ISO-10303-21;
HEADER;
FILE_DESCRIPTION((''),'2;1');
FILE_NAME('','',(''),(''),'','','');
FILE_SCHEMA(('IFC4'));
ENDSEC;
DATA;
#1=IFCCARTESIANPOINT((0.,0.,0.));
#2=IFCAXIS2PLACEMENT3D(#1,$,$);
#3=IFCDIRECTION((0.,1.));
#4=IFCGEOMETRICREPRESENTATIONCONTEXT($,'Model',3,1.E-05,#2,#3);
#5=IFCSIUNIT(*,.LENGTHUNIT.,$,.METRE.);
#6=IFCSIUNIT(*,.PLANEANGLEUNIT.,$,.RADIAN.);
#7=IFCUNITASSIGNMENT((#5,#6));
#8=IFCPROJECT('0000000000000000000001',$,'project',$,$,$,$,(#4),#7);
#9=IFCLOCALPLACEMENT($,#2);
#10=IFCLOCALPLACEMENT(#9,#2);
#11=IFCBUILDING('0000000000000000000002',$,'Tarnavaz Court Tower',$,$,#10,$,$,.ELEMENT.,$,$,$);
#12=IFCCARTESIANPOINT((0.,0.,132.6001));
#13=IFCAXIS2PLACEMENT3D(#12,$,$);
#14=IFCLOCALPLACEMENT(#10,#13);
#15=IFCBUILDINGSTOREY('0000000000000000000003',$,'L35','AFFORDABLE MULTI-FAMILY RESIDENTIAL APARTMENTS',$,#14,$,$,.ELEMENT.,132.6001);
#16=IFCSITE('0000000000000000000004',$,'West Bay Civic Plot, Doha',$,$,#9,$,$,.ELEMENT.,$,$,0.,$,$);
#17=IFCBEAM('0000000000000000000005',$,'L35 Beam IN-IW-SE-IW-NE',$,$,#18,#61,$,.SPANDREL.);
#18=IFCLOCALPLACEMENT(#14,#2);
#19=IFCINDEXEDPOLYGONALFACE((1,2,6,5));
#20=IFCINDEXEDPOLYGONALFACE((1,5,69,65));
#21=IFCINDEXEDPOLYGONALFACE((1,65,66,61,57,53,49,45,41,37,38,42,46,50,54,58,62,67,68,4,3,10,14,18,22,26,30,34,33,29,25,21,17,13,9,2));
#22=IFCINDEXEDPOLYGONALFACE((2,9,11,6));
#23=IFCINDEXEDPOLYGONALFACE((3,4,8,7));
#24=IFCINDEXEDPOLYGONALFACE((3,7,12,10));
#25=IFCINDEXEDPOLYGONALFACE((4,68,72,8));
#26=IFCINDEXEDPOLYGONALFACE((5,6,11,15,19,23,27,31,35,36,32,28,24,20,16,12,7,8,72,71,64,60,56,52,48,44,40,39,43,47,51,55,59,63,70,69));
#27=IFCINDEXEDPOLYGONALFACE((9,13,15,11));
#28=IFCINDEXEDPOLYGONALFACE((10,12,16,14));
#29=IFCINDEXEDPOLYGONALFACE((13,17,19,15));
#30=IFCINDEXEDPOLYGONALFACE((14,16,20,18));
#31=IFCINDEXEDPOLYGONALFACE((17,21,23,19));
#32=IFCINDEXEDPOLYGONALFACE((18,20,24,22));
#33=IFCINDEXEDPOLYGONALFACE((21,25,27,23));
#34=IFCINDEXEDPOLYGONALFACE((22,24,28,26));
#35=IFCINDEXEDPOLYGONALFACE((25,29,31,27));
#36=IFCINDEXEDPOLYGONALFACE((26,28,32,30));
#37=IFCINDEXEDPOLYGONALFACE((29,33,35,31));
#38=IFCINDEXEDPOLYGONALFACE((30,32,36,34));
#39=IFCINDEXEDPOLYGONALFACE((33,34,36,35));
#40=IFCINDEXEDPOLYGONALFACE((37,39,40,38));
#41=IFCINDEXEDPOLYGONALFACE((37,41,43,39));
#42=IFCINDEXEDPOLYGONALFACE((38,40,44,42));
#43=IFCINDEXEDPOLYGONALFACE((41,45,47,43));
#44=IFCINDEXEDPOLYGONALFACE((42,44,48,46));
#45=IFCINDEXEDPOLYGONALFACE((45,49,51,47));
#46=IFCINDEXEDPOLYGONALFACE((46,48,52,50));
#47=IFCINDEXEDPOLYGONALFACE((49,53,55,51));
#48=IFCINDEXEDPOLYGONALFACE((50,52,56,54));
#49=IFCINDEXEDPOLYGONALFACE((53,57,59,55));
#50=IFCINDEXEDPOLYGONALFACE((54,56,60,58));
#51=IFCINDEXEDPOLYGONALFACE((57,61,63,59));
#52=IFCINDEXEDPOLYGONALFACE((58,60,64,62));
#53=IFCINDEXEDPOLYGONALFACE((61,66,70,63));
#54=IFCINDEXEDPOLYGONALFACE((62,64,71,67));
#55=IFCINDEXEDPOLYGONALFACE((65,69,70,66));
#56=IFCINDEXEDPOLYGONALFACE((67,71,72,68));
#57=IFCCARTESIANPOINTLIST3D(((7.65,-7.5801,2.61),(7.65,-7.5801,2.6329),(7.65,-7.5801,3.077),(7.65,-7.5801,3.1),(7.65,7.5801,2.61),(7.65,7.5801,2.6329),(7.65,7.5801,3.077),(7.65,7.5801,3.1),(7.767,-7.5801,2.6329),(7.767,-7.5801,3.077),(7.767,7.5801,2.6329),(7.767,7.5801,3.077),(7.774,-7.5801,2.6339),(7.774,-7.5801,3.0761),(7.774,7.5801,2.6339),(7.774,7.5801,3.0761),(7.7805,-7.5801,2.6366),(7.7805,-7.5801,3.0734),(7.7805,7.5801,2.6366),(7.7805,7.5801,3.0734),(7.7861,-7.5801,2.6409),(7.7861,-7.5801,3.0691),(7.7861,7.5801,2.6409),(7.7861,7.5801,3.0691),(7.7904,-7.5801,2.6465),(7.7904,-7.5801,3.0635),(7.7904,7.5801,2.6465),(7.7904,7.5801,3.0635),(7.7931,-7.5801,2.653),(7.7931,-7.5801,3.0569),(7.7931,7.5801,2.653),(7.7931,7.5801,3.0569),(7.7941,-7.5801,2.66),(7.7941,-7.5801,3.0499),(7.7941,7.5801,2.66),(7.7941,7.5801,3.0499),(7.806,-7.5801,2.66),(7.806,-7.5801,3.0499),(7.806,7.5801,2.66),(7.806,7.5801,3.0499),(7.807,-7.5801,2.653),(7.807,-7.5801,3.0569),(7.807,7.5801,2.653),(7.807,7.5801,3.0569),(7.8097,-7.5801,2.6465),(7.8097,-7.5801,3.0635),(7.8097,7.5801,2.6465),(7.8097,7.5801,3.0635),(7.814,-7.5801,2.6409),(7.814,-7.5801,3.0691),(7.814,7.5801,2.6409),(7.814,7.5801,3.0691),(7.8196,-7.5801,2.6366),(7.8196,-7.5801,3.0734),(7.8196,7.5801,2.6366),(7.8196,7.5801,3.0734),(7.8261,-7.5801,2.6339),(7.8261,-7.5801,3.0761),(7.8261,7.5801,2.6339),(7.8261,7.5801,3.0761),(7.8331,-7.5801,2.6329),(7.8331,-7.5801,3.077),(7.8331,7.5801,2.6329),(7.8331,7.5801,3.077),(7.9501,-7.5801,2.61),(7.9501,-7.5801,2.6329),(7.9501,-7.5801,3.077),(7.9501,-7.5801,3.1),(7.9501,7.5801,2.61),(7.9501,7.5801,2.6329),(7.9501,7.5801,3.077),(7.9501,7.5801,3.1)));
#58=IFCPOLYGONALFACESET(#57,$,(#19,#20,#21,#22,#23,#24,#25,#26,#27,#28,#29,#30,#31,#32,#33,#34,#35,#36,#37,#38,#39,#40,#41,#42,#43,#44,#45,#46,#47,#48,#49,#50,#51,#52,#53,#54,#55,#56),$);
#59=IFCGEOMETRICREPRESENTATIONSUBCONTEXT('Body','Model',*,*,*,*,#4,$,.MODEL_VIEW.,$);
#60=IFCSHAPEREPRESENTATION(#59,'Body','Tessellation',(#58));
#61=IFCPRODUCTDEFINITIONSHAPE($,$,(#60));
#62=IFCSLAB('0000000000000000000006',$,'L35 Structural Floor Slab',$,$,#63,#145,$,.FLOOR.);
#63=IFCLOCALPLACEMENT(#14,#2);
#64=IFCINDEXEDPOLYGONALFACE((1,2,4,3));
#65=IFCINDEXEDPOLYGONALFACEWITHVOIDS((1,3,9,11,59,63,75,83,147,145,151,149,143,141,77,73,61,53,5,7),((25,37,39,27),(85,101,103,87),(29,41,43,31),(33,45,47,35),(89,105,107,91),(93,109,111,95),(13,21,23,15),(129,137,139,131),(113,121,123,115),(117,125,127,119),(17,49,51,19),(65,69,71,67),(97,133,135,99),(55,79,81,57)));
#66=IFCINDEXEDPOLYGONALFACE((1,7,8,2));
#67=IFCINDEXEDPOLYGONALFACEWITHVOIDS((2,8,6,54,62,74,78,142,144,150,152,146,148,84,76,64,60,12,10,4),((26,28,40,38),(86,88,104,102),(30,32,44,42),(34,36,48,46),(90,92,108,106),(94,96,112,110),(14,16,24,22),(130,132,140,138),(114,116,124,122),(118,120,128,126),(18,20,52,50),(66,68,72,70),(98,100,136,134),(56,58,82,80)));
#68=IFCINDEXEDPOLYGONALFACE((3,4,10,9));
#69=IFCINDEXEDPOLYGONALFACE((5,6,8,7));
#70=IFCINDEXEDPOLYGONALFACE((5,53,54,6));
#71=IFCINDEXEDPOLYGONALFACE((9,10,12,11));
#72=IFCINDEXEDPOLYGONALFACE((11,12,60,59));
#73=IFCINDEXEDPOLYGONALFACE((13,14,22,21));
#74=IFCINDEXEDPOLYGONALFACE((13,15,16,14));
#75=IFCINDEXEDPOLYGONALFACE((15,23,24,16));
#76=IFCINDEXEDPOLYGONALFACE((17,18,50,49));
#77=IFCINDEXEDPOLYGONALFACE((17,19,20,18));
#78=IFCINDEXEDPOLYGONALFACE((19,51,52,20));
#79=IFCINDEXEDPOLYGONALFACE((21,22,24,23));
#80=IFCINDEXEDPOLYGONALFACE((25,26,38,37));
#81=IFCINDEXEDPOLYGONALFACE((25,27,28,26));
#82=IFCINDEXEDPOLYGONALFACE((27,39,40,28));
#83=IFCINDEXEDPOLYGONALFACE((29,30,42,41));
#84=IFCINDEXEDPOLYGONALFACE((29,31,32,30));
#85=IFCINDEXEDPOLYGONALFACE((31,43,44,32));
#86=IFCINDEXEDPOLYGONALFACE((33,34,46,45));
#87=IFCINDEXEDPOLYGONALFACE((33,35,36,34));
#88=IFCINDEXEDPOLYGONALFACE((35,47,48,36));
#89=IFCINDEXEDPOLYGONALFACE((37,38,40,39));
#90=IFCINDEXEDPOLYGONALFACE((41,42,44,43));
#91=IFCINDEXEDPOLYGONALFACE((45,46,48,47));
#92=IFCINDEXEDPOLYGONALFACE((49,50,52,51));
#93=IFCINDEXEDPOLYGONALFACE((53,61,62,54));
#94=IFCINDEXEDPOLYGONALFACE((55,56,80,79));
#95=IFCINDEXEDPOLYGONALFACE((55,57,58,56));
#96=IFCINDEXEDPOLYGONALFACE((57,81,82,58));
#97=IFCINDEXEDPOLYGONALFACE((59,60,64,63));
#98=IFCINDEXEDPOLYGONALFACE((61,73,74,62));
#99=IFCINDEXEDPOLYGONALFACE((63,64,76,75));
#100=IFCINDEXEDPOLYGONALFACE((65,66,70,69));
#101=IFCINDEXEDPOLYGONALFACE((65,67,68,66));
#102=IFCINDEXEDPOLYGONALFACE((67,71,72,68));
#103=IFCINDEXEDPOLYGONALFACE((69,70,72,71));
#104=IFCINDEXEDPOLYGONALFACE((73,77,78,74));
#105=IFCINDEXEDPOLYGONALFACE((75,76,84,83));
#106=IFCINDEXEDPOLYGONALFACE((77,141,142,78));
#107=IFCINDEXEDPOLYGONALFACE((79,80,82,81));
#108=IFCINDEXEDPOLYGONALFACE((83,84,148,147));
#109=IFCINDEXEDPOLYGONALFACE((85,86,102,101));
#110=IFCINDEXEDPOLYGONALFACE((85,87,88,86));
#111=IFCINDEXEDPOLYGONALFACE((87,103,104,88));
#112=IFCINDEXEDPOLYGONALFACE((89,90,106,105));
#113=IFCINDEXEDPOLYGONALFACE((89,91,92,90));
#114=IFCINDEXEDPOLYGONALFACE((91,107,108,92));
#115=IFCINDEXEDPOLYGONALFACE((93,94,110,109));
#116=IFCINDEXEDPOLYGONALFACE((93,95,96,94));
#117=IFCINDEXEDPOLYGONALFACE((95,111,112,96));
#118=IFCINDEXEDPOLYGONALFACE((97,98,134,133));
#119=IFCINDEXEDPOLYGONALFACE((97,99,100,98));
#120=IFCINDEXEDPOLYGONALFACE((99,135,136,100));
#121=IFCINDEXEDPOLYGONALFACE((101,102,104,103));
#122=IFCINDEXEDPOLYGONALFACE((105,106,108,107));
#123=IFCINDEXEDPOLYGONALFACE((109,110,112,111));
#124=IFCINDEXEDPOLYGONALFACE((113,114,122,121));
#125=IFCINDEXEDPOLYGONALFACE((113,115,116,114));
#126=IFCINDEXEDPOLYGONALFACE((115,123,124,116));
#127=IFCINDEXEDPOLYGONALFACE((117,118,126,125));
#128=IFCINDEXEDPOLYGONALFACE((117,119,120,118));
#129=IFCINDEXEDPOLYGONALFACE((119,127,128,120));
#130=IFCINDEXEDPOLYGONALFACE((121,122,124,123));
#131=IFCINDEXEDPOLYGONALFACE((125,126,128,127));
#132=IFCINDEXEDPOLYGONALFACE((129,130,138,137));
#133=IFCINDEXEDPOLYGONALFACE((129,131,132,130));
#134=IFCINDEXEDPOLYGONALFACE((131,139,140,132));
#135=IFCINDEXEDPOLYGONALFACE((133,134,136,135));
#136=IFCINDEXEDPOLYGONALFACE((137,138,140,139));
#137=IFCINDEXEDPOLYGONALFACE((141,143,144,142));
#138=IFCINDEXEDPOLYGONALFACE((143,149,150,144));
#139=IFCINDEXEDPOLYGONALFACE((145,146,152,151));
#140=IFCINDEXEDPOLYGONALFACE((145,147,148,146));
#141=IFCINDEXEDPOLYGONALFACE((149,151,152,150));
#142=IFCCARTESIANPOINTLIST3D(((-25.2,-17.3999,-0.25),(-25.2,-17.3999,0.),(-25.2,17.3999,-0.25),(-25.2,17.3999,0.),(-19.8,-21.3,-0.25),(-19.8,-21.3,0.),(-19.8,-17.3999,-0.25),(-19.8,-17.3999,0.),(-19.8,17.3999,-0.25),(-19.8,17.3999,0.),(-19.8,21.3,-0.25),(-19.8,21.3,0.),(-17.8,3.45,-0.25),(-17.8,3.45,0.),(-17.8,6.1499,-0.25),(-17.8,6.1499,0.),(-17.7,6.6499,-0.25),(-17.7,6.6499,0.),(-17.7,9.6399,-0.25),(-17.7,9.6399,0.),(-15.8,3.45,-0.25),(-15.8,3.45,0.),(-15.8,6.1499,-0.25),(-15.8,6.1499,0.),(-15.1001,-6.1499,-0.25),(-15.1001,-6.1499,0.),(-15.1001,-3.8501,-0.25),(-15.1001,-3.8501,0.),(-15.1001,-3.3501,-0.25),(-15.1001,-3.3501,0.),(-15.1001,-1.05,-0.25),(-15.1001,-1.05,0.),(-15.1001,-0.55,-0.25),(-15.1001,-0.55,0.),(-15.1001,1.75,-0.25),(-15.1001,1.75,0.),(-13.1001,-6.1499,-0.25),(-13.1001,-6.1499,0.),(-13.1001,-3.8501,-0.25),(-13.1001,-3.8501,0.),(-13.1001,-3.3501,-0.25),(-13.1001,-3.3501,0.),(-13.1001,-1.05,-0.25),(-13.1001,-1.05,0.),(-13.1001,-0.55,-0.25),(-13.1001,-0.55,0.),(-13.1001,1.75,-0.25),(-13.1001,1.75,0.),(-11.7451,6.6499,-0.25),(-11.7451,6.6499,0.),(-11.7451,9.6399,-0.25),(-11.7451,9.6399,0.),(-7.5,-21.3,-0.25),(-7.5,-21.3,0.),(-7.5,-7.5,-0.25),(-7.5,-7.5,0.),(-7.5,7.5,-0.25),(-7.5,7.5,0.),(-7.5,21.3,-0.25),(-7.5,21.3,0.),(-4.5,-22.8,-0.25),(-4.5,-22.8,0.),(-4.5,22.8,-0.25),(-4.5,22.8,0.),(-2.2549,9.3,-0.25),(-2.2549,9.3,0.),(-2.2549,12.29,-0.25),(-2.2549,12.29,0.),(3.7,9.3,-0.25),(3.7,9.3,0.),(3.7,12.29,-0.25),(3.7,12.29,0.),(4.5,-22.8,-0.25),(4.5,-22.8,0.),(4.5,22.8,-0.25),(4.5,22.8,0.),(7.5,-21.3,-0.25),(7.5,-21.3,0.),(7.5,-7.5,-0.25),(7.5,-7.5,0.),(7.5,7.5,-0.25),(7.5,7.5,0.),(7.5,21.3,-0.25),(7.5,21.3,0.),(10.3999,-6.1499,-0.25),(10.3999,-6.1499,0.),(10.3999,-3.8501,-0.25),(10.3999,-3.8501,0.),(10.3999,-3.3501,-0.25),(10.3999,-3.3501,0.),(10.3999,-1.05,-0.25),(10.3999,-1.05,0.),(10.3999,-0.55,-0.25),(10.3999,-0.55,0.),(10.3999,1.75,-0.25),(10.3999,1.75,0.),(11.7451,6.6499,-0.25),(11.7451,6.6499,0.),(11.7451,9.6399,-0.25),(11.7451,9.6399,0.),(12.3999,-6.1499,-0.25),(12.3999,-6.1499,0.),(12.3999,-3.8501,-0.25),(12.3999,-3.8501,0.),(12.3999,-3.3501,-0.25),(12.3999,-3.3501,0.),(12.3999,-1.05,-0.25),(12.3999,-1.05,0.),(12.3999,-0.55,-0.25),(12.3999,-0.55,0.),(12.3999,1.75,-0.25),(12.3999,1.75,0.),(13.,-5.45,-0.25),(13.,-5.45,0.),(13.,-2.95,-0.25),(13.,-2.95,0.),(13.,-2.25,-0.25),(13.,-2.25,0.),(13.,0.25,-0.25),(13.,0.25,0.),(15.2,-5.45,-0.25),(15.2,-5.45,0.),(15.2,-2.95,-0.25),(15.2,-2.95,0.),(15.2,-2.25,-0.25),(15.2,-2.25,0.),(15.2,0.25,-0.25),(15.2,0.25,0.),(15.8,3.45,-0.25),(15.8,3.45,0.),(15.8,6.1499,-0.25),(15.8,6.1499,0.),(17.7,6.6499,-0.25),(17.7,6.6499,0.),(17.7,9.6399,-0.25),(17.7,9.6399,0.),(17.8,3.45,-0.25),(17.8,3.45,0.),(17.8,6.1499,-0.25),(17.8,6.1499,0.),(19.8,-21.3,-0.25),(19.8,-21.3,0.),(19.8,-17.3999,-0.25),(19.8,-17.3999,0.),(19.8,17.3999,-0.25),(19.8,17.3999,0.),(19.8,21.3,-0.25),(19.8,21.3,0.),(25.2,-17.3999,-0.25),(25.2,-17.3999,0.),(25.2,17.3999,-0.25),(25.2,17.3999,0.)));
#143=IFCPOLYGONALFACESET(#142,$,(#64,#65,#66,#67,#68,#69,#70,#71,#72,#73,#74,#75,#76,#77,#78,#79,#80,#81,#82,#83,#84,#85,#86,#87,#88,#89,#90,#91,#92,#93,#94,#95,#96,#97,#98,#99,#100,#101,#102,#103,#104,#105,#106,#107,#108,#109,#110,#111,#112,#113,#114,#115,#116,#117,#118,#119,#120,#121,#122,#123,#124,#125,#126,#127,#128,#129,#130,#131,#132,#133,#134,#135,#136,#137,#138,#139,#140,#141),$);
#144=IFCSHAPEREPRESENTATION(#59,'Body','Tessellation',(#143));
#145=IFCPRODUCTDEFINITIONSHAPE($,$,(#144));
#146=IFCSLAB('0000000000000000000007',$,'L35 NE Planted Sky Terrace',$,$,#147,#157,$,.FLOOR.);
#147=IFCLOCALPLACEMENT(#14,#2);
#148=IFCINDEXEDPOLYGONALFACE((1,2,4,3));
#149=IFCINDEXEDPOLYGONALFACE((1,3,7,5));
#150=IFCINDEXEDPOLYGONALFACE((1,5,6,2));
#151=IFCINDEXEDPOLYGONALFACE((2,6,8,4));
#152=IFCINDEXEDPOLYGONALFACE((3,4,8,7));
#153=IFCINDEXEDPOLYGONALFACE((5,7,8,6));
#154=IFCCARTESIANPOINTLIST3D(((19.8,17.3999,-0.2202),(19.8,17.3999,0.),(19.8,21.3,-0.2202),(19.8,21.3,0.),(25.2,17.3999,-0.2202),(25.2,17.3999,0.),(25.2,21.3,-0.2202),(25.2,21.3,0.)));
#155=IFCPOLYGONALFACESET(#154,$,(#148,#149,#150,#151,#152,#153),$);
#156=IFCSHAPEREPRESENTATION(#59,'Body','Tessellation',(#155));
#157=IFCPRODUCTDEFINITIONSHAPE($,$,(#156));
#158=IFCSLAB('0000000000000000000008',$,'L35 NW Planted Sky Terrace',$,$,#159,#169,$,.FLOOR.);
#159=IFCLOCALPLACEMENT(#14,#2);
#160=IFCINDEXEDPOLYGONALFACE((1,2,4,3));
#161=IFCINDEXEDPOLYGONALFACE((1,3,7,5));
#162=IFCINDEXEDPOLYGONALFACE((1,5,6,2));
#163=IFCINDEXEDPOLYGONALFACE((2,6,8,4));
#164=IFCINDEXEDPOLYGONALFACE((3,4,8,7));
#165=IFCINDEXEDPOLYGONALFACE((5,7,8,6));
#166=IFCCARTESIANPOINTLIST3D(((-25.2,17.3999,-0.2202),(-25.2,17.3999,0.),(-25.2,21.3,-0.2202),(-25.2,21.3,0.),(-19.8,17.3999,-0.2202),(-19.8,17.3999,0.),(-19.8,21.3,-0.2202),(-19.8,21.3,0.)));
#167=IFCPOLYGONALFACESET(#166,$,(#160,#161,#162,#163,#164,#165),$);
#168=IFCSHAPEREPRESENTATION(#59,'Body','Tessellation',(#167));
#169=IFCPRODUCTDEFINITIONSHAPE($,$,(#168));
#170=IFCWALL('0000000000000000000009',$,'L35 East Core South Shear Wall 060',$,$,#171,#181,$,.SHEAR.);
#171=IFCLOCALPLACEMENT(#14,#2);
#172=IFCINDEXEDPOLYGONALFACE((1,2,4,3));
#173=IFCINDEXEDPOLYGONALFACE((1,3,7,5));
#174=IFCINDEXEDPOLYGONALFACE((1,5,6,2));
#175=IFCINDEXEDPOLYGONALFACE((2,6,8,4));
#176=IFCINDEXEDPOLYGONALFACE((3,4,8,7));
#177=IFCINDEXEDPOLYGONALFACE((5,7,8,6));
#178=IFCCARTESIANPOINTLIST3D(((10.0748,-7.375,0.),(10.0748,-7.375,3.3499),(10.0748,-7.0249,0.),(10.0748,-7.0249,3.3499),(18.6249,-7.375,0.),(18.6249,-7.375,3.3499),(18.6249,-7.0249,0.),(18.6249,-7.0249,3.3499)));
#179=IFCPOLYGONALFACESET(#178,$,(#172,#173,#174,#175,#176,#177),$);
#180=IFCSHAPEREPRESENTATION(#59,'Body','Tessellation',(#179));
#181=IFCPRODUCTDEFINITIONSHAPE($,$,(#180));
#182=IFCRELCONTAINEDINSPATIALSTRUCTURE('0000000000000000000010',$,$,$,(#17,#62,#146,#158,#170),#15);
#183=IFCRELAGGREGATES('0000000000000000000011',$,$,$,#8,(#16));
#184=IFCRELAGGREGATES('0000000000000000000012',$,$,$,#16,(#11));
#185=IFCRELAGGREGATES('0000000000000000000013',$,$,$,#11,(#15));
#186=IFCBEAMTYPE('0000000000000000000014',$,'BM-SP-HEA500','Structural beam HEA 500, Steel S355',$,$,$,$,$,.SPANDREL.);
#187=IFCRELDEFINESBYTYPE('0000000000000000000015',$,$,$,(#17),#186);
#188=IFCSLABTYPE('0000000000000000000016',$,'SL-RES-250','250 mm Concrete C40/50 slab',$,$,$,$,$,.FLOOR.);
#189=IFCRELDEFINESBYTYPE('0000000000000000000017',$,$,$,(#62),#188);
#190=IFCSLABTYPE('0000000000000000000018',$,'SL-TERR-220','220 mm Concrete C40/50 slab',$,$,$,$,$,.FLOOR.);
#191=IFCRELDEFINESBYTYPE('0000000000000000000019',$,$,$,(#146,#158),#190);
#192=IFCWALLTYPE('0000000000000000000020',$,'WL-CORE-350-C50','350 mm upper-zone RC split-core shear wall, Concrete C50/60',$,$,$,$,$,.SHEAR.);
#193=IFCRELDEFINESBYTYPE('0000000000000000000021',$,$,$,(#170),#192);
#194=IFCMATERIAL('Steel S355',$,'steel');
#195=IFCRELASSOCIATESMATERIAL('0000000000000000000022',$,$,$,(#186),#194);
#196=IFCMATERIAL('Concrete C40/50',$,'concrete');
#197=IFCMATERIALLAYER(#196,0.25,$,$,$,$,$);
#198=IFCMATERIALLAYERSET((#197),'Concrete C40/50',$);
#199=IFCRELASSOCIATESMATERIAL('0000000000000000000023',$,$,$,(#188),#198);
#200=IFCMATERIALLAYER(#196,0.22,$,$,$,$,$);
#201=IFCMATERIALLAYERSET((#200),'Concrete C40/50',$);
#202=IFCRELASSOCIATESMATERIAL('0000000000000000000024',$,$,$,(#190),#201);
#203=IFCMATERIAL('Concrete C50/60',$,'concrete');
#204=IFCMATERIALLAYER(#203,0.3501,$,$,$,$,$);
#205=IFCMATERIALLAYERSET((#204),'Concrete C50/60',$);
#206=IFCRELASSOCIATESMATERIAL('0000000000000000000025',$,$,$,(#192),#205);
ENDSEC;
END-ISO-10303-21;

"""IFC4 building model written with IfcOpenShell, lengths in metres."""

from ifc_helpers import new_model, si_unit, direction, frame, frame_2d, origin, origin_2d, place, context, subcontext, project, spatial, polyline, rectangle, i_section, outline, extrude, material, layer, layer_set, material_profile, profile_set, type_object, element, save


model = new_model("IFC4")

# Units and contexts
model_context = context("Model", 3, precision=1e-05, world=origin(), true_north=direction((0.0, 1.0)))
body_context = subcontext(model_context, "Body", "Model", "MODEL_VIEW")
ifc_project = project(units=[si_unit("LENGTHUNIT", "METRE"), si_unit("PLANEANGLEUNIT", "RADIAN")], contexts=[model_context])

# Site, building, storey
site_placement = place(None, origin())
site = spatial("IfcSite", under=ifc_project, at=site_placement, Name="West Bay Civic Plot, Doha", CompositionType="ELEMENT", RefElevation=0.0)
building_placement = place(site_placement, origin())
building = spatial("IfcBuilding", under=site, at=building_placement, Name="Tarnavaz Court Tower", CompositionType="ELEMENT")
storey_placement = place(building_placement, frame((0.0, 0.0, 132.6001)))
storey = spatial("IfcBuildingStorey", under=building, at=storey_placement, Name="L35", Description="AFFORDABLE MULTI-FAMILY RESIDENTIAL APARTMENTS", CompositionType="ELEMENT", Elevation=132.6001)

# Beam
ifc_material_1 = material(Name="Steel S355", Category="steel")
ifc_material_profile_1 = material_profile(ifc_material_1, i_section(OverallWidth=0.3, OverallDepth=0.49, WebThickness=0.012, FlangeThickness=0.0229, FilletRadius=0.0271, at=origin_2d()), Name="HEA 500")
ifc_profile_set_1 = profile_set([ifc_material_profile_1], Name="Steel S355")
beam_type_1 = type_object("IfcBeamType", Name="BM-SP-HEA500", Description="Structural beam HEA 500, Steel S355", PredefinedType="SPANDREL", material=ifc_profile_set_1)
beam_1_placement = place(storey_placement, frame((7.8, -7.5801, 2.855), z_axis=(0.0, 1.0, 0.0), x_axis=(-1.0, 0.0, 0.0)))
element("IfcBeam", 1, at=beam_1_placement, inside=storey, type_object=beam_type_1, Name="L35 Beam IN-IW-SE-IW-NE", PredefinedType="SPANDREL", context=body_context, shape_type="SweptSolid", body=[
    extrude(i_section(OverallWidth=0.3, OverallDepth=0.49, WebThickness=0.012, FlangeThickness=0.0229, FilletRadius=0.0271, at=origin_2d()), origin(), (0.0, 0.0, 1.0), 15.1602),
])

# Slabs
ifc_material_2 = material(Name="Concrete C40/50", Category="concrete")
ifc_layer_1 = layer(ifc_material_2, 0.25)
ifc_layer_set_1 = layer_set([ifc_layer_1], Name="Concrete C40/50")
slab_type_1 = type_object("IfcSlabType", Name="SL-RES-250", Description="250 mm Concrete C40/50 slab", PredefinedType="FLOOR", material=ifc_layer_set_1)
slab_1_placement = place(storey_placement, frame((0.0, 0.0, -0.25)))
element("IfcSlab", 2, at=slab_1_placement, inside=storey, type_object=slab_type_1, Name="L35 Structural Floor Slab", PredefinedType="FLOOR", context=body_context, shape_type="SweptSolid", body=[
    extrude(outline(polyline([(-19.8, -21.3), (-7.5, -21.3), (-4.5, -22.8), (4.5, -22.8), (7.5, -21.3), (19.8, -21.3), (19.8, -17.3999), (25.2, -17.3999), (25.2, 17.3999), (19.8, 17.3999), (19.8, 21.3), (7.5, 21.3), (4.5, 22.8), (-4.5, 22.8), (-7.5, 21.3), (-19.8, 21.3), (-19.8, 17.3999), (-25.2, 17.3999), (-25.2, -17.3999), (-19.8, -17.3999), (-19.8, -21.3)]), holes=[polyline([(-7.5, -7.5), (7.5, -7.5), (7.5, 7.5), (-7.5, 7.5), (-7.5, -7.5)]), polyline([(-11.7451, 9.6399), (-17.7, 9.6399), (-17.7, 6.6499), (-11.7451, 6.6499), (-11.7451, 9.6399)]), polyline([(11.7451, 6.6499), (17.7, 6.6499), (17.7, 9.6399), (11.7451, 9.6399), (11.7451, 6.6499)]), polyline([(-2.2549, 9.3), (3.7, 9.3), (3.7, 12.29), (-2.2549, 12.29), (-2.2549, 9.3)]), polyline([(-17.8, 3.45), (-15.8, 3.45), (-15.8, 6.1499), (-17.8, 6.1499), (-17.8, 3.45)]), polyline([(-15.1001, -6.1499), (-13.1001, -6.1499), (-13.1001, -3.8501), (-15.1001, -3.8501), (-15.1001, -6.1499)]), polyline([(-15.1001, -3.3501), (-13.1001, -3.3501), (-13.1001, -1.05), (-15.1001, -1.05), (-15.1001, -3.3501)]), polyline([(-15.1001, -0.55), (-13.1001, -0.55), (-13.1001, 1.75), (-15.1001, 1.75), (-15.1001, -0.55)]), polyline([(15.8, 3.45), (17.8, 3.45), (17.8, 6.1499), (15.8, 6.1499), (15.8, 3.45)]), polyline([(10.3999, -6.1499), (12.3999, -6.1499), (12.3999, -3.8501), (10.3999, -3.8501), (10.3999, -6.1499)]), polyline([(10.3999, -3.3501), (12.3999, -3.3501), (12.3999, -1.05), (10.3999, -1.05), (10.3999, -3.3501)]), polyline([(10.3999, -0.55), (12.3999, -0.55), (12.3999, 1.75), (10.3999, 1.75), (10.3999, -0.55)]), polyline([(13.0, -5.45), (15.2, -5.45), (15.2, -2.95), (13.0, -2.95), (13.0, -5.45)]), polyline([(13.0, -2.25), (15.2, -2.25), (15.2, 0.25), (13.0, 0.25), (13.0, -2.25)])]), origin(), (0.0, 0.0, 1.0), 0.25),
])
ifc_layer_2 = layer(ifc_material_2, 0.22)
ifc_layer_set_2 = layer_set([ifc_layer_2], Name="Concrete C40/50")
slab_type_2 = type_object("IfcSlabType", Name="SL-TERR-220", Description="220 mm Concrete C40/50 slab", PredefinedType="FLOOR", material=ifc_layer_set_2)
slab_2_placement = place(storey_placement, frame((0.0, 0.0, -0.2202)))
element("IfcSlab", 3, at=slab_2_placement, inside=storey, type_object=slab_type_2, Name="L35 NE Planted Sky Terrace", PredefinedType="FLOOR", context=body_context, shape_type="SweptSolid", body=[
    extrude(outline(polyline([(19.8, 17.3999), (25.2, 17.3999), (25.2, 21.3), (19.8, 21.3), (19.8, 17.3999)])), origin(), (0.0, 0.0, 1.0), 0.2202),
])
slab_3_placement = place(storey_placement, frame((0.0, 0.0, -0.2202)))
element("IfcSlab", 4, at=slab_3_placement, inside=storey, type_object=slab_type_2, Name="L35 NW Planted Sky Terrace", PredefinedType="FLOOR", context=body_context, shape_type="SweptSolid", body=[
    extrude(outline(polyline([(-25.2, 17.3999), (-19.8, 17.3999), (-19.8, 21.3), (-25.2, 21.3), (-25.2, 17.3999)])), origin(), (0.0, 0.0, 1.0), 0.2202),
])

# Wall
ifc_material_3 = material(Name="Concrete C50/60", Category="concrete")
ifc_layer_3 = layer(ifc_material_3, 0.3501)
ifc_layer_set_3 = layer_set([ifc_layer_3], Name="Concrete C50/60")
wall_type_1 = type_object("IfcWallType", Name="WL-CORE-350-C50", Description="350 mm upper-zone RC split-core shear wall, Concrete C50/60", PredefinedType="SHEAR", material=ifc_layer_set_3)
wall_1_placement = place(storey_placement, frame((10.075, -7.2, 0.0), z_axis=(0.0, 0.0, 1.0), x_axis=(1.0, 0.0, 0.0)))
element("IfcWall", 5, at=wall_1_placement, inside=storey, type_object=wall_type_1, Name="L35 East Core South Shear Wall 060", PredefinedType="SHEAR", context=body_context, shape_type="SweptSolid", body=[
    extrude(rectangle(XDim=8.55, YDim=0.3501, at=frame_2d((4.2749, 0.0))), origin(), (0.0, 0.0, 1.0), 3.3499),
])

save(model, "model.ifc")
